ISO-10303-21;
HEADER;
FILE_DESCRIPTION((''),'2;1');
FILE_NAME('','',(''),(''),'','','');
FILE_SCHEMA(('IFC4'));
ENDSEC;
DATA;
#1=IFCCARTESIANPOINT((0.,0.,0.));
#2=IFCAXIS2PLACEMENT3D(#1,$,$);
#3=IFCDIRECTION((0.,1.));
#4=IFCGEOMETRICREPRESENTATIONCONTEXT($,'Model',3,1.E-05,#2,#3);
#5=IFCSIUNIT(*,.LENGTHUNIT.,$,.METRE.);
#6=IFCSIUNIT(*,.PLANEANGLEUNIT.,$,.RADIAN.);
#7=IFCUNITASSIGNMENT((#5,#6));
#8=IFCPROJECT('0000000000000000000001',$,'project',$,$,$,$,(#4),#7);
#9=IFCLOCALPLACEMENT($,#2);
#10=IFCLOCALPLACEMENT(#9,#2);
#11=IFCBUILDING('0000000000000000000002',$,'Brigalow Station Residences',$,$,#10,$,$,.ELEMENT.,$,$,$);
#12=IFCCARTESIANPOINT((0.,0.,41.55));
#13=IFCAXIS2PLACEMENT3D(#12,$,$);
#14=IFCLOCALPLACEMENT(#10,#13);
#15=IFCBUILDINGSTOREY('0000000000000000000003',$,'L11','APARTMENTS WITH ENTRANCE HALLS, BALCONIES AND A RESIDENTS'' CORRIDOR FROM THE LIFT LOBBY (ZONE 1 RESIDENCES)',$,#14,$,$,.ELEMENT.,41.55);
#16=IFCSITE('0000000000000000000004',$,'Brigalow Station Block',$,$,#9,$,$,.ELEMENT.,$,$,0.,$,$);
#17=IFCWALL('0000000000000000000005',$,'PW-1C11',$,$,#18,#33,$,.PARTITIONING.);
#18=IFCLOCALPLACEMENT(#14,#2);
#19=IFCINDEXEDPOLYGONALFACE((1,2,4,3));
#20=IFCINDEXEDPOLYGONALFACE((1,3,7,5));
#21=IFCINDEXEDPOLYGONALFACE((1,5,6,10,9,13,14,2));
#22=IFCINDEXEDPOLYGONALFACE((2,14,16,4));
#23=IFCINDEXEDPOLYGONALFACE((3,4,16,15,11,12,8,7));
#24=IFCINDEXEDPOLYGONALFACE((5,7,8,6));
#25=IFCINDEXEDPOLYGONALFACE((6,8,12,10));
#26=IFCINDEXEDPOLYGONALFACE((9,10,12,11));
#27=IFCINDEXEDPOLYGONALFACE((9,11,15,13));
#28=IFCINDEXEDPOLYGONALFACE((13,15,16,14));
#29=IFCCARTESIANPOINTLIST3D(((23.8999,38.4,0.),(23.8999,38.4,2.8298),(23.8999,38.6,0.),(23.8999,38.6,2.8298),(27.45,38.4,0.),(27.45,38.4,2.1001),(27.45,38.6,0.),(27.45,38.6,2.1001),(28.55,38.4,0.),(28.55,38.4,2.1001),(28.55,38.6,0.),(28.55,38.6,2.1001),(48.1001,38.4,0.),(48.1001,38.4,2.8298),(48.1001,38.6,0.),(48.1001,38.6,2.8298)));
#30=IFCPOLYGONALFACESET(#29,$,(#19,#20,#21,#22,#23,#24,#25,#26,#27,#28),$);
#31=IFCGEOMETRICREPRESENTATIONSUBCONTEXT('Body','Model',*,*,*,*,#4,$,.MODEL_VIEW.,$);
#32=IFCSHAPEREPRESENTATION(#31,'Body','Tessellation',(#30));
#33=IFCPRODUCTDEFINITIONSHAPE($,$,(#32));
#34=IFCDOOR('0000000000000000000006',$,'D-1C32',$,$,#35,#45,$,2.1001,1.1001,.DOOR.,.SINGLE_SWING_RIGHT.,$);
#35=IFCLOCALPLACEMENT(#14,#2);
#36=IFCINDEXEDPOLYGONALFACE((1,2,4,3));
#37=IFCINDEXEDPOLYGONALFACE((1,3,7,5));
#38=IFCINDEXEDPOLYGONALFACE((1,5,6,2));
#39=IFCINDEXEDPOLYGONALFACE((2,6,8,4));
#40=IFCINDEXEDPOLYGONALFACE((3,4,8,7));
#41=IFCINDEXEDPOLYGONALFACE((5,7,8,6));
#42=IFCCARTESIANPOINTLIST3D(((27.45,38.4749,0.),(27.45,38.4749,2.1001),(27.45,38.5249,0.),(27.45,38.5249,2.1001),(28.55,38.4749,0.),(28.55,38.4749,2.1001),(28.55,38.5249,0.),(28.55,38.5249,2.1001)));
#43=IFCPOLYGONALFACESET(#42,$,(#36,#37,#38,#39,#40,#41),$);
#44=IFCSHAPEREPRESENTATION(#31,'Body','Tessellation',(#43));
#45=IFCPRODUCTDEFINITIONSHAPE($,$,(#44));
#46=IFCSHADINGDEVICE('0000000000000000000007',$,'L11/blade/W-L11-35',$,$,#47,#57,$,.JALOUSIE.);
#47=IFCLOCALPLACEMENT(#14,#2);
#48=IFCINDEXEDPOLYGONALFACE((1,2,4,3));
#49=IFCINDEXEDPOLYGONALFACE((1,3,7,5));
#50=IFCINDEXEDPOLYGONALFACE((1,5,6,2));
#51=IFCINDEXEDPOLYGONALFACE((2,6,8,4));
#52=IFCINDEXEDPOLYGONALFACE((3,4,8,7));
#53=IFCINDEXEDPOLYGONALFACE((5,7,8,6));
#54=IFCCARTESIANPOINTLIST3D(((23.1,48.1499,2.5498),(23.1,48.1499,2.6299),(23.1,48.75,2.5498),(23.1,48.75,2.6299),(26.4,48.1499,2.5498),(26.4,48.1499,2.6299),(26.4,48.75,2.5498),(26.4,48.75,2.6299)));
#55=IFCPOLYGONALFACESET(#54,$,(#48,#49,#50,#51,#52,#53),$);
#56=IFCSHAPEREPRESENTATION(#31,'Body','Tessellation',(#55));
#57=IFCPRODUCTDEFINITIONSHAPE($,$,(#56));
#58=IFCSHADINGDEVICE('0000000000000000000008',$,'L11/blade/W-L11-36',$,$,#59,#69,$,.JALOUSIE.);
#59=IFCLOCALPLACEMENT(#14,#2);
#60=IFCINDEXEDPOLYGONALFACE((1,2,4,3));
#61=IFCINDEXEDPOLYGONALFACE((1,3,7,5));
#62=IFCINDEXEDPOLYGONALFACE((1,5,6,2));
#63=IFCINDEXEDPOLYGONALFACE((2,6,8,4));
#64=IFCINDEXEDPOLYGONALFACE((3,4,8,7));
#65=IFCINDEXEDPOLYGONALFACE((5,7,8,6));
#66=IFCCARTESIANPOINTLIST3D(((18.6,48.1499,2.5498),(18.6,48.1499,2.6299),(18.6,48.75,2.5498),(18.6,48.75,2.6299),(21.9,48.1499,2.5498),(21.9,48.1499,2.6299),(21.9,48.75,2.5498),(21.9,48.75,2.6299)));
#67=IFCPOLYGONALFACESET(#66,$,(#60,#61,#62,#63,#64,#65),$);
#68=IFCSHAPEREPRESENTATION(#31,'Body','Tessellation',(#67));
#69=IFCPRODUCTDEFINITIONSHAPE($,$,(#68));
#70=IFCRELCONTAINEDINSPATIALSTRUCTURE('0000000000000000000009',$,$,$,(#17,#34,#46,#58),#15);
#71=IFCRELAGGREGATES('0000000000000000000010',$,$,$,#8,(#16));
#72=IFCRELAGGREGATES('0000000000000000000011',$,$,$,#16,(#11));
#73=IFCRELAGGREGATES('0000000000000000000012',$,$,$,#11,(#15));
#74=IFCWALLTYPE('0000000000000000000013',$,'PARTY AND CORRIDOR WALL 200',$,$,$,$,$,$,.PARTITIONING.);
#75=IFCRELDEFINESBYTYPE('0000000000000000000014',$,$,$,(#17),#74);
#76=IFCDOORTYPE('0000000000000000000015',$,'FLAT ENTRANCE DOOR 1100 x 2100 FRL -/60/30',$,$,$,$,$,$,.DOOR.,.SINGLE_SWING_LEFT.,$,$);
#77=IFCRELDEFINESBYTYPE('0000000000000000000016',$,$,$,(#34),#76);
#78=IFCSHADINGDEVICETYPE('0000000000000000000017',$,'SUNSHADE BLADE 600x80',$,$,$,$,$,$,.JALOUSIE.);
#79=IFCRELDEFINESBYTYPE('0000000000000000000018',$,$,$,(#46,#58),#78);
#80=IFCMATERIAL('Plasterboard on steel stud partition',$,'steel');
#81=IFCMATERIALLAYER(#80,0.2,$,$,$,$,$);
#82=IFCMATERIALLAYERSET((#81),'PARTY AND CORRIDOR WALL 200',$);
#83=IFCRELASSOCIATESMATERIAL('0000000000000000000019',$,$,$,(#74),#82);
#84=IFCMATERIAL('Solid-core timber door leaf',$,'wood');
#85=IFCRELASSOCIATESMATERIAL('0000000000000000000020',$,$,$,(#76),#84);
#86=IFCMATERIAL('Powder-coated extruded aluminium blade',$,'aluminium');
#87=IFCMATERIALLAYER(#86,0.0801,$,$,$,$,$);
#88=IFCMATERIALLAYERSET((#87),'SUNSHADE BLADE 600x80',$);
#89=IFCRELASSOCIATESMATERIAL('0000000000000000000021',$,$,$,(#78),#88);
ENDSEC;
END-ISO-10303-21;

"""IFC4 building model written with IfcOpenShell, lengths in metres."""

from ifc_helpers import new_model, si_unit, direction, frame, frame_2d, origin, origin_2d, place, context, subcontext, project, spatial, rectangle, extrude, material, layer, layer_set, type_object, element, fill, save


model = new_model("IFC4")

# Units and contexts
model_context = context("Model", 3, precision=1e-05, world=origin(), true_north=direction((0.0, 1.0)))
body_context = subcontext(model_context, "Body", "Model", "MODEL_VIEW")
ifc_project = project(units=[si_unit("LENGTHUNIT", "METRE"), si_unit("PLANEANGLEUNIT", "RADIAN")], contexts=[model_context])

# Site, building, storey
site_placement = place(None, origin())
site = spatial("IfcSite", under=ifc_project, at=site_placement, Name="Brigalow Station Block", CompositionType="ELEMENT", RefElevation=0.0)
building_placement = place(site_placement, origin())
building = spatial("IfcBuilding", under=site, at=building_placement, Name="Brigalow Station Residences", CompositionType="ELEMENT")
storey_placement = place(building_placement, frame((0.0, 0.0, 41.55)))
storey = spatial("IfcBuildingStorey", under=building, at=storey_placement, Name="L11", Description="APARTMENTS WITH ENTRANCE HALLS, BALCONIES AND A RESIDENTS' CORRIDOR FROM THE LIFT LOBBY (ZONE 1 RESIDENCES)", CompositionType="ELEMENT", Elevation=41.55)

# Wall, opening, door
ifc_material_1 = material(Name="Plasterboard on steel stud partition", Category="steel")
ifc_layer_1 = layer(ifc_material_1, 0.2)
ifc_layer_set_1 = layer_set([ifc_layer_1], Name="PARTY AND CORRIDOR WALL 200")
wall_type_1 = type_object("IfcWallType", Name="PARTY AND CORRIDOR WALL 200", PredefinedType="PARTITIONING", material=ifc_layer_set_1)
wall_1_placement = place(storey_placement, frame((23.8999, 38.5, 0.0), z_axis=(0.0, 0.0, 1.0), x_axis=(1.0, 0.0, 0.0)))
wall_1 = element("IfcWall", 1, at=wall_1_placement, inside=storey, type_object=wall_type_1, Name="PW-1C11", PredefinedType="PARTITIONING", context=body_context, shape_type="SweptSolid", body=[
    extrude(rectangle(XDim=24.2002, YDim=0.2, at=frame_2d((12.1001, 0.0))), origin(), (0.0, 0.0, 1.0), 2.8298),
])
opening_1_placement = place(wall_1_placement, frame((3.55, 0.0, 0.0)))
opening_1 = element("IfcOpeningElement", 2, at=opening_1_placement, cuts=wall_1, PredefinedType="OPENING", context=body_context, shape_type="SweptSolid", body=[
    extrude(rectangle(XDim=1.1001, YDim=2.1001, at=frame_2d((0.55, 1.05))), frame((0.0, 0.1099, 0.0), z_axis=(0.0, -1.0, 0.0), x_axis=(1.0, 0.0, 0.0)), (0.0, 0.0, 1.0), 0.22),
])
ifc_material_2 = material(Name="Solid-core timber door leaf", Category="wood")
door_type_1 = type_object("IfcDoorType", Name="FLAT ENTRANCE DOOR 1100 x 2100 FRL -/60/30", OperationType="SINGLE_SWING_LEFT", PredefinedType="DOOR", material=ifc_material_2)
door_1_placement = place(opening_1_placement, origin())
door_1 = element("IfcDoor", 3, at=door_1_placement, inside=storey, type_object=door_type_1, Name="D-1C32", OperationType="SINGLE_SWING_RIGHT", OverallHeight=2.1001, OverallWidth=1.1001, PredefinedType="DOOR", context=body_context, shape_type="SweptSolid", body=[
    extrude(rectangle(XDim=1.1001, YDim=2.1001, at=frame_2d((0.55, 1.05))), frame((0.0, 0.0249, 0.0), z_axis=(0.0, -1.0, 0.0), x_axis=(1.0, 0.0, 0.0)), (0.0, 0.0, 1.0), 0.05),
])
fill(opening_1, door_1)

# Shading devices
ifc_material_3 = material(Name="Powder-coated extruded aluminium blade", Category="aluminium")
ifc_layer_2 = layer(ifc_material_3, 0.0801)
ifc_layer_set_2 = layer_set([ifc_layer_2], Name="SUNSHADE BLADE 600x80")
shading_device_type = type_object("IfcShadingDeviceType", Name="SUNSHADE BLADE 600x80", PredefinedType="JALOUSIE", material=ifc_layer_set_2)
for number, where, z_axis, x_axis, name in (
    (4, (24.75, 48.45, 2.5498), (0.0, 0.0, 1.0), (-1.0, 0.0, 0.0), "L11/blade/W-L11-35"),
    (5, (20.25, 48.45, 2.5498), (0.0, 0.0, 1.0), (-1.0, 0.0, 0.0), "L11/blade/W-L11-36"),
):
    element("IfcShadingDevice", number, at=place(storey_placement, frame(where, z_axis=z_axis, x_axis=x_axis)), inside=storey, type_object=shading_device_type, Name=name, PredefinedType="JALOUSIE", context=body_context, shape_type="SweptSolid", body=[
        extrude(rectangle(XDim=3.3, YDim=0.6001, at=origin_2d()), origin(), (0.0, 0.0, 1.0), 0.0801),
    ])

save(model, "model.ifc")
